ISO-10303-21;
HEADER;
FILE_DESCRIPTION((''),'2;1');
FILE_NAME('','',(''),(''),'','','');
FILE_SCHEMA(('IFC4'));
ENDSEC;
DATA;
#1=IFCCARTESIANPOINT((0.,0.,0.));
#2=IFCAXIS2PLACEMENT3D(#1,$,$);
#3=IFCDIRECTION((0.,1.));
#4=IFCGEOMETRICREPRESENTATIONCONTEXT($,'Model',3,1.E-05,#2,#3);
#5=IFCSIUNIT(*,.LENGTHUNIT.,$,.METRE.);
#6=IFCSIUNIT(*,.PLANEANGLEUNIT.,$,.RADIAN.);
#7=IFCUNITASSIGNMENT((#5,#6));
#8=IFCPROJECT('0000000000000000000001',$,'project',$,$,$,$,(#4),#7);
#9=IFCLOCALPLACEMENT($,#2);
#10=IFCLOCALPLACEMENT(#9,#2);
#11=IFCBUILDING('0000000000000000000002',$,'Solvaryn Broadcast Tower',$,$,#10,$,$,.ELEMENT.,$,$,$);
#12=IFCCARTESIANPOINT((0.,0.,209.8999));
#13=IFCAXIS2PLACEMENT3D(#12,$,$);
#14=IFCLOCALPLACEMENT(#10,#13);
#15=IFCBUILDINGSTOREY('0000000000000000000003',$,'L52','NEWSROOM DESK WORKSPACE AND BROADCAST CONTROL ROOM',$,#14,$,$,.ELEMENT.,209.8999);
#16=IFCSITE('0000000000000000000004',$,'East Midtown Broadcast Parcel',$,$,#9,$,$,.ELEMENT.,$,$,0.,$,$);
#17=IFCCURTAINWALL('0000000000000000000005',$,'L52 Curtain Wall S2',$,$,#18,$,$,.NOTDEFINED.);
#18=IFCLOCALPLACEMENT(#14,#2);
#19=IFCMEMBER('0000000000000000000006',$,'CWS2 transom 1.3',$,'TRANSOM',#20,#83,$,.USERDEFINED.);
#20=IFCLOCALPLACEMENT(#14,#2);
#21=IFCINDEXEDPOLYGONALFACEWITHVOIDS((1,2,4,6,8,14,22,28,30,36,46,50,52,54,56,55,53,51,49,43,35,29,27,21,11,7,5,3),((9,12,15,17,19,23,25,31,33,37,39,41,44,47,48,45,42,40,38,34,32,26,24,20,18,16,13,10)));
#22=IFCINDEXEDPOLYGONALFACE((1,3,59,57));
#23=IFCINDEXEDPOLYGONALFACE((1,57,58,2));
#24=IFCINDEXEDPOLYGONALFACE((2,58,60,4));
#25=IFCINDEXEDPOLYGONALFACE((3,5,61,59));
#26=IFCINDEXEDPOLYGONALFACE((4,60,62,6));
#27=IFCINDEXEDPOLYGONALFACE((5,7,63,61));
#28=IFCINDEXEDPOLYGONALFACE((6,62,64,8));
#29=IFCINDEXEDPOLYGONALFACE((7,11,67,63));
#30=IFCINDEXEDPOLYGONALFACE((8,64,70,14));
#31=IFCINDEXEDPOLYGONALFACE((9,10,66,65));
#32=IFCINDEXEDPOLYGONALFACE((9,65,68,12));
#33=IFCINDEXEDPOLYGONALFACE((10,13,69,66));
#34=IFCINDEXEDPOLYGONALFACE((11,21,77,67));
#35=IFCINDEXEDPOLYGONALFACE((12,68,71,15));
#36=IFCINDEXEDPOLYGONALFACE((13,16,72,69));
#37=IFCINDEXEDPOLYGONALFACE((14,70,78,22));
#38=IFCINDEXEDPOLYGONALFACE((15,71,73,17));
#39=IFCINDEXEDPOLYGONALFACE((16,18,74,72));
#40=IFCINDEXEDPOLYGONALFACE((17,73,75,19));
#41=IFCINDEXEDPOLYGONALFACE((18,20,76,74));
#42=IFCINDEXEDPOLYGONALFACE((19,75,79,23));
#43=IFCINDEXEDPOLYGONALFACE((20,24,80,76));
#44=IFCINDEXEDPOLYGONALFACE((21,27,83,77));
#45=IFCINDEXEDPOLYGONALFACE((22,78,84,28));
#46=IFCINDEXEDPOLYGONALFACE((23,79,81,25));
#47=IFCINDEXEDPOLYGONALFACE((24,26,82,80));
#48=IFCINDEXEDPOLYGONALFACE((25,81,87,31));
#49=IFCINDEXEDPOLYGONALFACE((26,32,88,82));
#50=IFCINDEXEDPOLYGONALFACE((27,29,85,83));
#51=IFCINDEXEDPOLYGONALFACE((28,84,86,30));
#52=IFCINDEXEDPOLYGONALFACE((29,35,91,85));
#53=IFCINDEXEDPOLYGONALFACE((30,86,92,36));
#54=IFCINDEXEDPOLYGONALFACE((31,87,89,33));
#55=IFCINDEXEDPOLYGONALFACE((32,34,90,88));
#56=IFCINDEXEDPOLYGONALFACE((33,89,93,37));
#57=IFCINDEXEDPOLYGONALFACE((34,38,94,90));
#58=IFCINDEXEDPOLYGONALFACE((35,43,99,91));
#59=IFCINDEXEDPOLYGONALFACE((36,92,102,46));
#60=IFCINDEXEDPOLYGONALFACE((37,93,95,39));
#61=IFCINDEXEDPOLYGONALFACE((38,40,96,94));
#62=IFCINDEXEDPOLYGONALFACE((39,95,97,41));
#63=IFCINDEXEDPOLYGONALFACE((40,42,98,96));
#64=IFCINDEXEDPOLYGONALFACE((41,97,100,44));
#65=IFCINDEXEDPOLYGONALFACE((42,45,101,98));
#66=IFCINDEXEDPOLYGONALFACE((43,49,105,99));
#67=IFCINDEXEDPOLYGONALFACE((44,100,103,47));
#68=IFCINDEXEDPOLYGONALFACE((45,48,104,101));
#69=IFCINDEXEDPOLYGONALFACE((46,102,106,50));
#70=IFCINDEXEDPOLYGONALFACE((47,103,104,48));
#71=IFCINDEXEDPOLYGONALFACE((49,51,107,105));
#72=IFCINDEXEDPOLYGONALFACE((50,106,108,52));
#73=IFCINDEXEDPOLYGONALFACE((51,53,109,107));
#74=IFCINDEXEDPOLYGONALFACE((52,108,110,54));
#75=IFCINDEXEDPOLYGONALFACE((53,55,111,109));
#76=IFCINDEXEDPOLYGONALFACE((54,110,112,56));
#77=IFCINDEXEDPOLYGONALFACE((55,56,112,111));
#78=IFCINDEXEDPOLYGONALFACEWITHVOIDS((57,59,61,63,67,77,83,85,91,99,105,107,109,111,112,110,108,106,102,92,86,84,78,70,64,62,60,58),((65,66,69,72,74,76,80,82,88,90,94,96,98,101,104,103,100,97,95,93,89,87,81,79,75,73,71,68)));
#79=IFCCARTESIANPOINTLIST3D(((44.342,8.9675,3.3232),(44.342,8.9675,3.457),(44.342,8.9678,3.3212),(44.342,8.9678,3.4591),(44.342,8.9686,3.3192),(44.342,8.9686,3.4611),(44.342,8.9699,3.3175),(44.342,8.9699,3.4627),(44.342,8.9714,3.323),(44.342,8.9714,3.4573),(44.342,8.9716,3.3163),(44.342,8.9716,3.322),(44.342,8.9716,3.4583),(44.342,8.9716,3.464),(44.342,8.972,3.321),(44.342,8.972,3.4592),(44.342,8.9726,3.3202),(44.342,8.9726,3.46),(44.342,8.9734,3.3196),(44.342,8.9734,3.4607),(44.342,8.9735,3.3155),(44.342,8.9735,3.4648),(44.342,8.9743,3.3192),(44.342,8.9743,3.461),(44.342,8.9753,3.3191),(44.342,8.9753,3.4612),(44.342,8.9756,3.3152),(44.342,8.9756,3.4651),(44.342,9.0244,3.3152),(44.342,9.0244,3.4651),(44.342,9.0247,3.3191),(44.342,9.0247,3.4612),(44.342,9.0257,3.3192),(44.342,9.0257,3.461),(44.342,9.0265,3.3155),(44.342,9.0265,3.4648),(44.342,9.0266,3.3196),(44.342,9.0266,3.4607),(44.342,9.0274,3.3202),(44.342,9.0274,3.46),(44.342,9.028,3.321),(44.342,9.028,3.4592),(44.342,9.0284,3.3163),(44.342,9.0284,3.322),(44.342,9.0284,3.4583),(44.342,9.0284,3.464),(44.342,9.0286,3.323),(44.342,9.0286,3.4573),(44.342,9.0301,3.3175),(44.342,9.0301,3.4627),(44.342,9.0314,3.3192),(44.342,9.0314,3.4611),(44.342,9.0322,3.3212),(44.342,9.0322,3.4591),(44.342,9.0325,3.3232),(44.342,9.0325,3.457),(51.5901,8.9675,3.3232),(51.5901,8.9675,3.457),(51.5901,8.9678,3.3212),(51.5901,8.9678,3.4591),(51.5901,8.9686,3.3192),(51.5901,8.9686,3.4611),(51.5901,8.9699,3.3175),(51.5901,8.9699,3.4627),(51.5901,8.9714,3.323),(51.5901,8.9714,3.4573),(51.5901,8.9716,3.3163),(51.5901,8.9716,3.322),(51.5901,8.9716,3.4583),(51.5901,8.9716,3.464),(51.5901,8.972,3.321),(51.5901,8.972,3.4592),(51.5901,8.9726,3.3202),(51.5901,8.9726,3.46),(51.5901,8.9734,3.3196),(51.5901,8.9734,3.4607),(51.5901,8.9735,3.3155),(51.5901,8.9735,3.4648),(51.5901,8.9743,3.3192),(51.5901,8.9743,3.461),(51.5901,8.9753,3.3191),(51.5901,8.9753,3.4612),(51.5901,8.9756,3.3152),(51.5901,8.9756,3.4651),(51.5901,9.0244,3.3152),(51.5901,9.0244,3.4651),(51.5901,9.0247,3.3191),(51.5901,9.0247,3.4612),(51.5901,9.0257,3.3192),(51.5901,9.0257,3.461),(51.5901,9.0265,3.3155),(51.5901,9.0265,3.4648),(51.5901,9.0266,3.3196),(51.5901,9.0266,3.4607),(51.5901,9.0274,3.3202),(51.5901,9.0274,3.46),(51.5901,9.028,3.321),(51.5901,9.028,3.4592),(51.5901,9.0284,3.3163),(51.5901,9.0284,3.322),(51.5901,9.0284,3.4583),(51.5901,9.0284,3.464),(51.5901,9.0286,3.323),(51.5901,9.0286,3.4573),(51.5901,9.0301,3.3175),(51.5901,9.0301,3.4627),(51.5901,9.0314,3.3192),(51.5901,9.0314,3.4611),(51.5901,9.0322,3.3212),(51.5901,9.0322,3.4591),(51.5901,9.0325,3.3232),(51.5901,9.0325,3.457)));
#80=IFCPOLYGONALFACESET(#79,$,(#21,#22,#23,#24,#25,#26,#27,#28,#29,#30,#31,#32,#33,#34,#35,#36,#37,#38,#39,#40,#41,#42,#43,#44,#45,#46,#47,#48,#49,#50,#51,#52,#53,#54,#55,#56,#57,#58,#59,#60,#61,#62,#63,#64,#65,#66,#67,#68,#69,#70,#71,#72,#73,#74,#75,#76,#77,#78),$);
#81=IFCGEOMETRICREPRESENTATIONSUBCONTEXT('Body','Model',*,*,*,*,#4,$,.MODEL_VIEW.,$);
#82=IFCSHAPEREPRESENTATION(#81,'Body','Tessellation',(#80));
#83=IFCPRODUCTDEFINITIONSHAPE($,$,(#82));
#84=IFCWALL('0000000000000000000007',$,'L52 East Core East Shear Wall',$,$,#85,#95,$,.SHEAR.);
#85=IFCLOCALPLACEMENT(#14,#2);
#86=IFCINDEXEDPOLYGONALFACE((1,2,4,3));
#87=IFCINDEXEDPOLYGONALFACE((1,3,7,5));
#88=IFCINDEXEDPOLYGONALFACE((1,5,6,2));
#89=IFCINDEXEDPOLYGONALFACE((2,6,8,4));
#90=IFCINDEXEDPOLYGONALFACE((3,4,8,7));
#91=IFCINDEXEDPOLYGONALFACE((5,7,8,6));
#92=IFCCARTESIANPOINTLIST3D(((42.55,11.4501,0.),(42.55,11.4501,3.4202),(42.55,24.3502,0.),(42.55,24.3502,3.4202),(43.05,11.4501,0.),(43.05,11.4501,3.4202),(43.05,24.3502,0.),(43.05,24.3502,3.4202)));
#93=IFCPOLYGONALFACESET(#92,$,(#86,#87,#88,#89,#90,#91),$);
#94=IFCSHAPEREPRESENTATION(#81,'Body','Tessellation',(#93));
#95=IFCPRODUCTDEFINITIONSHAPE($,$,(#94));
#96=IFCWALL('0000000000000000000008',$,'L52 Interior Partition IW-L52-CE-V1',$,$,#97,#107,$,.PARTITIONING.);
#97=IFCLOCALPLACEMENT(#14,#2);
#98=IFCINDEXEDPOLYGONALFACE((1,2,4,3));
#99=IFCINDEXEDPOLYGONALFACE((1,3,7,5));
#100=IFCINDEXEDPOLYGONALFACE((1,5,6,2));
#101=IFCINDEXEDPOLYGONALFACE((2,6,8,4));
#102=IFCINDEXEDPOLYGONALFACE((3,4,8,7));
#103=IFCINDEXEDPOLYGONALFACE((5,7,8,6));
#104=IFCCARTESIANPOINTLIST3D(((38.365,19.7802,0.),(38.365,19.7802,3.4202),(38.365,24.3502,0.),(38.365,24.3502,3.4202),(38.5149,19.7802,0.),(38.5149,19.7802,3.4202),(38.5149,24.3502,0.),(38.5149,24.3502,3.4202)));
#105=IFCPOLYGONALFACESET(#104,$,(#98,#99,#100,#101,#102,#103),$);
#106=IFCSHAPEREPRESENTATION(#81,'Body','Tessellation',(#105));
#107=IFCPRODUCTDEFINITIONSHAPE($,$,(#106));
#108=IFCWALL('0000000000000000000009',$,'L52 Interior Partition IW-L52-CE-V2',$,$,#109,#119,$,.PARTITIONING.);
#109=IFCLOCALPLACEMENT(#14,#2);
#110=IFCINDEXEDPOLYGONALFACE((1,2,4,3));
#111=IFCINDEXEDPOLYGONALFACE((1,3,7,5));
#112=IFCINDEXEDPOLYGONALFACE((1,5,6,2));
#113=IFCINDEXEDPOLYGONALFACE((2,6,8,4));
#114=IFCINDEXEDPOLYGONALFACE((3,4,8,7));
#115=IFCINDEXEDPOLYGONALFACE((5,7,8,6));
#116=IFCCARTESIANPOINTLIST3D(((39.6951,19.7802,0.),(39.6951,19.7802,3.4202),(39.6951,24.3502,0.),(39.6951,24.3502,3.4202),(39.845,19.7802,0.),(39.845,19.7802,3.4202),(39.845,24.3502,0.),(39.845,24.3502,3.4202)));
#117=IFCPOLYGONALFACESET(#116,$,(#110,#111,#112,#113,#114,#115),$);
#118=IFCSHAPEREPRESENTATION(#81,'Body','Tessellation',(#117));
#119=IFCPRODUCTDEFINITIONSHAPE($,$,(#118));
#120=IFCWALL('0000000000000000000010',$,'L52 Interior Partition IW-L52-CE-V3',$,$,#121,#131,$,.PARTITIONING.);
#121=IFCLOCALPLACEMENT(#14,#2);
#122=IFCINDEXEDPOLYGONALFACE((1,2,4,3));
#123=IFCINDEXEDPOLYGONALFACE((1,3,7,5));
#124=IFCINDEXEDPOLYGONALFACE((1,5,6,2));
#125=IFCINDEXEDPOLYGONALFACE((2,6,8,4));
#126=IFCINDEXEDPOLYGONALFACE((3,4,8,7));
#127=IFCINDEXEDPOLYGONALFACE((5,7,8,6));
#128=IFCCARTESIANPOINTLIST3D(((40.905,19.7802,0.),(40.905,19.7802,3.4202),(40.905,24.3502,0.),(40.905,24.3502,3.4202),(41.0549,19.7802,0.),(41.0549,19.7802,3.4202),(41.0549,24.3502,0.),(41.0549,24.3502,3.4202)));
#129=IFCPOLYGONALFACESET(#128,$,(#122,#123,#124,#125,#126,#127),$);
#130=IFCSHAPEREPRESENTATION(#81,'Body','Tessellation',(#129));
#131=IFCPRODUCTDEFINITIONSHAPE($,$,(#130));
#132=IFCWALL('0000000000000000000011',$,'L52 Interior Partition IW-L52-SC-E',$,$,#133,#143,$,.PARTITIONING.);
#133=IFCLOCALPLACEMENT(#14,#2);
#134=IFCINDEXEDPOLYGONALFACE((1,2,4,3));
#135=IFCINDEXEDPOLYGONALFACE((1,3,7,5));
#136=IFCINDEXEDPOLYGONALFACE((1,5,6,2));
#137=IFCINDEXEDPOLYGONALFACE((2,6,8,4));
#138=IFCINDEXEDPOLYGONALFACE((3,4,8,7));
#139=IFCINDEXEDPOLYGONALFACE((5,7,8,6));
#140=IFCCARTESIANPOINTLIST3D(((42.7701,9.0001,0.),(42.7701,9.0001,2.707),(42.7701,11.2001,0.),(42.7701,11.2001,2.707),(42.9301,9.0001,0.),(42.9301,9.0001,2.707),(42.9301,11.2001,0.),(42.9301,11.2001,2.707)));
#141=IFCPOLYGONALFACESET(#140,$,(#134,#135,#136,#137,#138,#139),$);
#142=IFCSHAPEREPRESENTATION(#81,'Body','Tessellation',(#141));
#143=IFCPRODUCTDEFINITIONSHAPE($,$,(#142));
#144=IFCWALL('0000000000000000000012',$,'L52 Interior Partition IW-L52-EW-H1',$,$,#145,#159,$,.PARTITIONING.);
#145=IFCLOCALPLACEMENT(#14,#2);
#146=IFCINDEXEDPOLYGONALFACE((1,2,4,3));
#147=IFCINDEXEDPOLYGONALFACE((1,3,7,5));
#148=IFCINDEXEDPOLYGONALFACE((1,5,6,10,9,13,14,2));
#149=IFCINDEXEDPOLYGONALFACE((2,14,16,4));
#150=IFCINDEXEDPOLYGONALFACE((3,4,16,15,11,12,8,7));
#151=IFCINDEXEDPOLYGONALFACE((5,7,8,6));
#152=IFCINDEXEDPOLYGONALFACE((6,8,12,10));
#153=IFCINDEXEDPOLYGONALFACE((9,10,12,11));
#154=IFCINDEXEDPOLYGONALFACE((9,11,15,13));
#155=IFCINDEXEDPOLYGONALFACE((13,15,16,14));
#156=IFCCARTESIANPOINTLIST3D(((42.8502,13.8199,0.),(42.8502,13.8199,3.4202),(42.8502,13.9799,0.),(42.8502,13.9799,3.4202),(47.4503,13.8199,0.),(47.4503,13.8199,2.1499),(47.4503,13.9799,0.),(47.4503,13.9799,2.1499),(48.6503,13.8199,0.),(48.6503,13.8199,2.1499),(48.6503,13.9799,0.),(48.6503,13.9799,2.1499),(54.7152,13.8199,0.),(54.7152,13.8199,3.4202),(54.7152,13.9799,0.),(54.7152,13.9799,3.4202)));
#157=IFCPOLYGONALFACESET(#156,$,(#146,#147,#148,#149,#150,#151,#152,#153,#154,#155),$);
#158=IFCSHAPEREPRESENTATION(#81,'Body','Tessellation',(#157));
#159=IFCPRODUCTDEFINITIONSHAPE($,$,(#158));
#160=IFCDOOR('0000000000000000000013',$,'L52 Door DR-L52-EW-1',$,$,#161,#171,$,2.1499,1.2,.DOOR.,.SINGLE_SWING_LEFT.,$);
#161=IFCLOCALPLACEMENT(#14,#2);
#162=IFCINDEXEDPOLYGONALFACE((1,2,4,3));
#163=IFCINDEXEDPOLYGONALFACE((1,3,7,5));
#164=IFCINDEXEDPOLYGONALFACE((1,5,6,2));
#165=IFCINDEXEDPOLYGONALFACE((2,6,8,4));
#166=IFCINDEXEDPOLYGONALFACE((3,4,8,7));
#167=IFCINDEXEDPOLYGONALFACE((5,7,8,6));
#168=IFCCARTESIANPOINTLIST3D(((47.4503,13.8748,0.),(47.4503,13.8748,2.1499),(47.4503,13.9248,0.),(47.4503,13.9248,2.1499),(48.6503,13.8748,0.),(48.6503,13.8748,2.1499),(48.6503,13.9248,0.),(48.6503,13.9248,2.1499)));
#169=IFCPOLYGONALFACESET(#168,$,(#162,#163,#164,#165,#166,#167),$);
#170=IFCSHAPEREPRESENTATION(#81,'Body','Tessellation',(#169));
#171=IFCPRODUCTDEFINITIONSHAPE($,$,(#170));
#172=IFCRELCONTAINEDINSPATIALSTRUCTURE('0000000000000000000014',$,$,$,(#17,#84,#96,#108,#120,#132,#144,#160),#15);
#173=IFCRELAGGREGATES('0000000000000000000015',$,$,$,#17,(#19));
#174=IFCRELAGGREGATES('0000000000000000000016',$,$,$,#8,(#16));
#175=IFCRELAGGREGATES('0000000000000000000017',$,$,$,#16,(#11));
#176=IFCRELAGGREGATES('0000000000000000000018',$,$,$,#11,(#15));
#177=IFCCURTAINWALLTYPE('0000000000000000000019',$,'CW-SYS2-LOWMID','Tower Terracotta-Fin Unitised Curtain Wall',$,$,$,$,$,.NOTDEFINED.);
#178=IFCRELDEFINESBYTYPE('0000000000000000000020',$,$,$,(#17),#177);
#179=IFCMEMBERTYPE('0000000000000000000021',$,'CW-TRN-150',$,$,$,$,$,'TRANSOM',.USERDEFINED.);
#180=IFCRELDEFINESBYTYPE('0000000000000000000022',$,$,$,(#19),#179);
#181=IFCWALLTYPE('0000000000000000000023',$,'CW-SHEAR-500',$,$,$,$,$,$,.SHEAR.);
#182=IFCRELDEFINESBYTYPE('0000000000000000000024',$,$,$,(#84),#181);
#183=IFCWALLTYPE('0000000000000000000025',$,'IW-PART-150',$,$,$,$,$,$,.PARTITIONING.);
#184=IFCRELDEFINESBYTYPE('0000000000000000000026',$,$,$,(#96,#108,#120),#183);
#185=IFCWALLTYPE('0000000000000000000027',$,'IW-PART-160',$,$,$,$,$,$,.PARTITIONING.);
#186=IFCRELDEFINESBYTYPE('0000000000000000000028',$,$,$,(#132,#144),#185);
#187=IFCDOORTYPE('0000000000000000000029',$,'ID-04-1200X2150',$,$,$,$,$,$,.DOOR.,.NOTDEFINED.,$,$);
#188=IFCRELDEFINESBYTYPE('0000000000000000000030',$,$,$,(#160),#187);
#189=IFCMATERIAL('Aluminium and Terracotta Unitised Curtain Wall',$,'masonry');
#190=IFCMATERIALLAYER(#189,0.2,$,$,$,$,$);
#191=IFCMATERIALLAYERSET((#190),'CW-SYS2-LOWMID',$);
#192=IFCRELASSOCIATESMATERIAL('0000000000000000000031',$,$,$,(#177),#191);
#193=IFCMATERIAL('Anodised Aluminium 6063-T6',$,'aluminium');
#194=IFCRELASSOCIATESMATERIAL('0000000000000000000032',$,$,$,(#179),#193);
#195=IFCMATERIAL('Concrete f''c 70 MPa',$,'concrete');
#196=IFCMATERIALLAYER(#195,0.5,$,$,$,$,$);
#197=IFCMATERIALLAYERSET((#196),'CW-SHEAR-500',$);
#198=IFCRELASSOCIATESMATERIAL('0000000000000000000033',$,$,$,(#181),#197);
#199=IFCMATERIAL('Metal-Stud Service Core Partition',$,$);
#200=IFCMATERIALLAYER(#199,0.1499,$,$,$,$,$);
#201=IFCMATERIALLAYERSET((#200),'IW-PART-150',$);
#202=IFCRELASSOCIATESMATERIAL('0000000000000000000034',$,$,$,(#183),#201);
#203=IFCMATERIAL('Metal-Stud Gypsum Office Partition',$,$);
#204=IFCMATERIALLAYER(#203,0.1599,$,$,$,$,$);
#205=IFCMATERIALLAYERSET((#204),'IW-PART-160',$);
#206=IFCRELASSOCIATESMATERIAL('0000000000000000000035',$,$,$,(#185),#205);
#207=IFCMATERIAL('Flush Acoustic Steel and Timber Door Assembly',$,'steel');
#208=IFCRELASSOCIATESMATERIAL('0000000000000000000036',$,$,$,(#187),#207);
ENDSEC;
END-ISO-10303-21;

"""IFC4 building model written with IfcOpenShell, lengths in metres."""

from ifc_helpers import new_model, si_unit, direction, frame, frame_2d, origin, origin_2d, place, context, subcontext, project, spatial, rectangle, hollow_rectangle, extrude, material, layer, layer_set, material_profile, profile_set, type_object, element, fill, aggregate, save


model = new_model("IFC4")

# Units and contexts
model_context = context("Model", 3, precision=1e-05, world=origin(), true_north=direction((0.0, 1.0)))
body_context = subcontext(model_context, "Body", "Model", "MODEL_VIEW")
ifc_project = project(units=[si_unit("LENGTHUNIT", "METRE"), si_unit("PLANEANGLEUNIT", "RADIAN")], contexts=[model_context])

# Site, building, storey
site_placement = place(None, origin())
site = spatial("IfcSite", under=ifc_project, at=site_placement, Name="East Midtown Broadcast Parcel", CompositionType="ELEMENT", RefElevation=0.0)
building_placement = place(site_placement, origin())
building = spatial("IfcBuilding", under=site, at=building_placement, Name="Solvaryn Broadcast Tower", CompositionType="ELEMENT")
storey_placement = place(building_placement, frame((0.0, 0.0, 209.8999)))
storey = spatial("IfcBuildingStorey", under=building, at=storey_placement, Name="L52", Description="NEWSROOM DESK WORKSPACE AND BROADCAST CONTROL ROOM", CompositionType="ELEMENT", Elevation=209.8999)

# Shared definitions
ifc_material_1 = material(Name="Aluminium and Terracotta Unitised Curtain Wall", Category="masonry")
ifc_layer_1 = layer(ifc_material_1, 0.2)
ifc_layer_set_1 = layer_set([ifc_layer_1], Name="CW-SYS2-LOWMID")
curtain_wall_type = type_object("IfcCurtainWallType", Name="CW-SYS2-LOWMID", Description="Tower Terracotta-Fin Unitised Curtain Wall", PredefinedType="NOTDEFINED", material=ifc_layer_set_1)

# Curtain wall, member
curtain_wall_1_placement = place(storey_placement, origin())
curtain_wall_1 = element("IfcCurtainWall", 1, at=curtain_wall_1_placement, inside=storey, type_object=curtain_wall_type, Name="L52 Curtain Wall S2", PredefinedType="NOTDEFINED")
ifc_material_2 = material(Name="Anodised Aluminium 6063-T6", Category="aluminium")
ifc_material_profile_1 = material_profile(ifc_material_2, hollow_rectangle(XDim=0.0649, YDim=0.1499, WallThickness=0.0039, InnerFilletRadius=0.0039, OuterFilletRadius=0.0081, at=origin_2d()))
ifc_profile_set_1 = profile_set([ifc_material_profile_1], Name="Anodised Aluminium 6063-T6")
member_type_1 = type_object("IfcMemberType", Name="CW-TRN-150", ElementType="TRANSOM", PredefinedType="USERDEFINED", material=ifc_profile_set_1)
member_1_placement = place(storey_placement, frame((44.342, 9.0, 3.3901), z_axis=(1.0, 0.0, 0.0), x_axis=(0.0, 1.0, 0.0)))
member_1 = element("IfcMember", 2, at=member_1_placement, type_object=member_type_1, Name="CWS2 transom 1.3", ObjectType="TRANSOM", PredefinedType="USERDEFINED", context=body_context, shape_type="SweptSolid", body=[
    extrude(hollow_rectangle(XDim=0.0649, YDim=0.1499, WallThickness=0.0039, InnerFilletRadius=0.0039, OuterFilletRadius=0.0081, at=origin_2d()), origin(), (0.0, 0.0, 1.0), 7.248),
])
aggregate(curtain_wall_1, [member_1])

# Walls
ifc_material_3 = material(Name="Concrete f'c 70 MPa", Category="concrete")
ifc_layer_2 = layer(ifc_material_3, 0.5)
ifc_layer_set_2 = layer_set([ifc_layer_2], Name="CW-SHEAR-500")
wall_type_1 = type_object("IfcWallType", Name="CW-SHEAR-500", PredefinedType="SHEAR", material=ifc_layer_set_2)
wall_1_placement = place(storey_placement, frame((42.8, 11.45, 0.0), z_axis=(0.0, 0.0, 1.0), x_axis=(0.0, 1.0, 0.0)))
element("IfcWall", 3, at=wall_1_placement, inside=storey, type_object=wall_type_1, Name="L52 East Core East Shear Wall", PredefinedType="SHEAR", context=body_context, shape_type="SweptSolid", body=[
    extrude(rectangle(XDim=12.9001, YDim=0.5, at=frame_2d((6.4502, 0.0))), origin(), (0.0, 0.0, 1.0), 3.4202),
])
ifc_material_4 = material(Name="Metal-Stud Service Core Partition")
ifc_layer_3 = layer(ifc_material_4, 0.1499)
ifc_layer_set_3 = layer_set([ifc_layer_3], Name="IW-PART-150")
wall_type_2 = type_object("IfcWallType", Name="IW-PART-150", PredefinedType="PARTITIONING", material=ifc_layer_set_3)
for number, where, z_axis, x_axis, name in (
    (4, (38.4399, 19.78, 0.0), (0.0, 0.0, 1.0), (0.0, 1.0, 0.0), "L52 Interior Partition IW-L52-CE-V1"),
    (5, (39.77, 19.78, 0.0), (0.0, 0.0, 1.0), (0.0, 1.0, 0.0), "L52 Interior Partition IW-L52-CE-V2"),
    (6, (40.98, 19.78, 0.0), (0.0, 0.0, 1.0), (0.0, 1.0, 0.0), "L52 Interior Partition IW-L52-CE-V3"),
):
    element("IfcWall", number, at=place(storey_placement, frame(where, z_axis=z_axis, x_axis=x_axis)), inside=storey, type_object=wall_type_2, Name=name, PredefinedType="PARTITIONING", context=body_context, shape_type="SweptSolid", body=[
        extrude(rectangle(XDim=4.5701, YDim=0.1499, at=frame_2d((2.2852, 0.0))), origin(), (0.0, 0.0, 1.0), 3.4202),
    ])
ifc_material_5 = material(Name="Metal-Stud Gypsum Office Partition")
ifc_layer_4 = layer(ifc_material_5, 0.1599)
ifc_layer_set_4 = layer_set([ifc_layer_4], Name="IW-PART-160")
wall_type_3 = type_object("IfcWallType", Name="IW-PART-160", PredefinedType="PARTITIONING", material=ifc_layer_set_4)
wall_2_placement = place(storey_placement, frame((42.8501, 9.0, 0.0), z_axis=(0.0, 0.0, 1.0), x_axis=(0.0, 1.0, 0.0)))
element("IfcWall", 7, at=wall_2_placement, inside=storey, type_object=wall_type_3, Name="L52 Interior Partition IW-L52-SC-E", PredefinedType="PARTITIONING", context=body_context, shape_type="SweptSolid", body=[
    extrude(rectangle(XDim=2.2, YDim=0.1599, at=frame_2d((1.1001, 0.0))), origin(), (0.0, 0.0, 1.0), 2.707),
])

# Wall, opening, door
wall_3_placement = place(storey_placement, frame((42.8501, 13.8999, 0.0), z_axis=(0.0, 0.0, 1.0), x_axis=(1.0, 0.0, 0.0)))
wall_3 = element("IfcWall", 8, at=wall_3_placement, inside=storey, type_object=wall_type_3, Name="L52 Interior Partition IW-L52-EW-H1", PredefinedType="PARTITIONING", context=body_context, shape_type="SweptSolid", body=[
    extrude(rectangle(XDim=11.865, YDim=0.1599, at=frame_2d((5.9326, 0.0))), origin(), (0.0, 0.0, 1.0), 3.4202),
])
opening_1_placement = place(wall_3_placement, frame((4.6001, 0.0, 0.0)))
opening_1 = element("IfcOpeningElement", 9, at=opening_1_placement, cuts=wall_3, PredefinedType="OPENING", context=body_context, shape_type="SweptSolid", body=[
    extrude(rectangle(XDim=1.2, YDim=2.1499, at=frame_2d((0.6001, 1.075))), frame((0.0, 0.0901, 0.0), z_axis=(0.0, -1.0, 0.0), x_axis=(1.0, 0.0, 0.0)), (0.0, 0.0, 1.0), 0.1799),
])
ifc_material_6 = material(Name="Flush Acoustic Steel and Timber Door Assembly", Category="steel")
door_type_1 = type_object("IfcDoorType", Name="ID-04-1200X2150", OperationType="NOTDEFINED", PredefinedType="DOOR", material=ifc_material_6)
door_1_placement = place(opening_1_placement, origin())
door_1 = element("IfcDoor", 10, at=door_1_placement, inside=storey, type_object=door_type_1, Name="L52 Door DR-L52-EW-1", OperationType="SINGLE_SWING_LEFT", OverallHeight=2.1499, OverallWidth=1.2, PredefinedType="DOOR", context=body_context, shape_type="SweptSolid", body=[
    extrude(rectangle(XDim=1.2, YDim=2.1499, at=frame_2d((0.6001, 1.075))), frame((0.0, 0.0249, 0.0), z_axis=(0.0, -1.0, 0.0), x_axis=(1.0, 0.0, 0.0)), (0.0, 0.0, 1.0), 0.05),
])
fill(opening_1, door_1)

save(model, "model.ifc")
